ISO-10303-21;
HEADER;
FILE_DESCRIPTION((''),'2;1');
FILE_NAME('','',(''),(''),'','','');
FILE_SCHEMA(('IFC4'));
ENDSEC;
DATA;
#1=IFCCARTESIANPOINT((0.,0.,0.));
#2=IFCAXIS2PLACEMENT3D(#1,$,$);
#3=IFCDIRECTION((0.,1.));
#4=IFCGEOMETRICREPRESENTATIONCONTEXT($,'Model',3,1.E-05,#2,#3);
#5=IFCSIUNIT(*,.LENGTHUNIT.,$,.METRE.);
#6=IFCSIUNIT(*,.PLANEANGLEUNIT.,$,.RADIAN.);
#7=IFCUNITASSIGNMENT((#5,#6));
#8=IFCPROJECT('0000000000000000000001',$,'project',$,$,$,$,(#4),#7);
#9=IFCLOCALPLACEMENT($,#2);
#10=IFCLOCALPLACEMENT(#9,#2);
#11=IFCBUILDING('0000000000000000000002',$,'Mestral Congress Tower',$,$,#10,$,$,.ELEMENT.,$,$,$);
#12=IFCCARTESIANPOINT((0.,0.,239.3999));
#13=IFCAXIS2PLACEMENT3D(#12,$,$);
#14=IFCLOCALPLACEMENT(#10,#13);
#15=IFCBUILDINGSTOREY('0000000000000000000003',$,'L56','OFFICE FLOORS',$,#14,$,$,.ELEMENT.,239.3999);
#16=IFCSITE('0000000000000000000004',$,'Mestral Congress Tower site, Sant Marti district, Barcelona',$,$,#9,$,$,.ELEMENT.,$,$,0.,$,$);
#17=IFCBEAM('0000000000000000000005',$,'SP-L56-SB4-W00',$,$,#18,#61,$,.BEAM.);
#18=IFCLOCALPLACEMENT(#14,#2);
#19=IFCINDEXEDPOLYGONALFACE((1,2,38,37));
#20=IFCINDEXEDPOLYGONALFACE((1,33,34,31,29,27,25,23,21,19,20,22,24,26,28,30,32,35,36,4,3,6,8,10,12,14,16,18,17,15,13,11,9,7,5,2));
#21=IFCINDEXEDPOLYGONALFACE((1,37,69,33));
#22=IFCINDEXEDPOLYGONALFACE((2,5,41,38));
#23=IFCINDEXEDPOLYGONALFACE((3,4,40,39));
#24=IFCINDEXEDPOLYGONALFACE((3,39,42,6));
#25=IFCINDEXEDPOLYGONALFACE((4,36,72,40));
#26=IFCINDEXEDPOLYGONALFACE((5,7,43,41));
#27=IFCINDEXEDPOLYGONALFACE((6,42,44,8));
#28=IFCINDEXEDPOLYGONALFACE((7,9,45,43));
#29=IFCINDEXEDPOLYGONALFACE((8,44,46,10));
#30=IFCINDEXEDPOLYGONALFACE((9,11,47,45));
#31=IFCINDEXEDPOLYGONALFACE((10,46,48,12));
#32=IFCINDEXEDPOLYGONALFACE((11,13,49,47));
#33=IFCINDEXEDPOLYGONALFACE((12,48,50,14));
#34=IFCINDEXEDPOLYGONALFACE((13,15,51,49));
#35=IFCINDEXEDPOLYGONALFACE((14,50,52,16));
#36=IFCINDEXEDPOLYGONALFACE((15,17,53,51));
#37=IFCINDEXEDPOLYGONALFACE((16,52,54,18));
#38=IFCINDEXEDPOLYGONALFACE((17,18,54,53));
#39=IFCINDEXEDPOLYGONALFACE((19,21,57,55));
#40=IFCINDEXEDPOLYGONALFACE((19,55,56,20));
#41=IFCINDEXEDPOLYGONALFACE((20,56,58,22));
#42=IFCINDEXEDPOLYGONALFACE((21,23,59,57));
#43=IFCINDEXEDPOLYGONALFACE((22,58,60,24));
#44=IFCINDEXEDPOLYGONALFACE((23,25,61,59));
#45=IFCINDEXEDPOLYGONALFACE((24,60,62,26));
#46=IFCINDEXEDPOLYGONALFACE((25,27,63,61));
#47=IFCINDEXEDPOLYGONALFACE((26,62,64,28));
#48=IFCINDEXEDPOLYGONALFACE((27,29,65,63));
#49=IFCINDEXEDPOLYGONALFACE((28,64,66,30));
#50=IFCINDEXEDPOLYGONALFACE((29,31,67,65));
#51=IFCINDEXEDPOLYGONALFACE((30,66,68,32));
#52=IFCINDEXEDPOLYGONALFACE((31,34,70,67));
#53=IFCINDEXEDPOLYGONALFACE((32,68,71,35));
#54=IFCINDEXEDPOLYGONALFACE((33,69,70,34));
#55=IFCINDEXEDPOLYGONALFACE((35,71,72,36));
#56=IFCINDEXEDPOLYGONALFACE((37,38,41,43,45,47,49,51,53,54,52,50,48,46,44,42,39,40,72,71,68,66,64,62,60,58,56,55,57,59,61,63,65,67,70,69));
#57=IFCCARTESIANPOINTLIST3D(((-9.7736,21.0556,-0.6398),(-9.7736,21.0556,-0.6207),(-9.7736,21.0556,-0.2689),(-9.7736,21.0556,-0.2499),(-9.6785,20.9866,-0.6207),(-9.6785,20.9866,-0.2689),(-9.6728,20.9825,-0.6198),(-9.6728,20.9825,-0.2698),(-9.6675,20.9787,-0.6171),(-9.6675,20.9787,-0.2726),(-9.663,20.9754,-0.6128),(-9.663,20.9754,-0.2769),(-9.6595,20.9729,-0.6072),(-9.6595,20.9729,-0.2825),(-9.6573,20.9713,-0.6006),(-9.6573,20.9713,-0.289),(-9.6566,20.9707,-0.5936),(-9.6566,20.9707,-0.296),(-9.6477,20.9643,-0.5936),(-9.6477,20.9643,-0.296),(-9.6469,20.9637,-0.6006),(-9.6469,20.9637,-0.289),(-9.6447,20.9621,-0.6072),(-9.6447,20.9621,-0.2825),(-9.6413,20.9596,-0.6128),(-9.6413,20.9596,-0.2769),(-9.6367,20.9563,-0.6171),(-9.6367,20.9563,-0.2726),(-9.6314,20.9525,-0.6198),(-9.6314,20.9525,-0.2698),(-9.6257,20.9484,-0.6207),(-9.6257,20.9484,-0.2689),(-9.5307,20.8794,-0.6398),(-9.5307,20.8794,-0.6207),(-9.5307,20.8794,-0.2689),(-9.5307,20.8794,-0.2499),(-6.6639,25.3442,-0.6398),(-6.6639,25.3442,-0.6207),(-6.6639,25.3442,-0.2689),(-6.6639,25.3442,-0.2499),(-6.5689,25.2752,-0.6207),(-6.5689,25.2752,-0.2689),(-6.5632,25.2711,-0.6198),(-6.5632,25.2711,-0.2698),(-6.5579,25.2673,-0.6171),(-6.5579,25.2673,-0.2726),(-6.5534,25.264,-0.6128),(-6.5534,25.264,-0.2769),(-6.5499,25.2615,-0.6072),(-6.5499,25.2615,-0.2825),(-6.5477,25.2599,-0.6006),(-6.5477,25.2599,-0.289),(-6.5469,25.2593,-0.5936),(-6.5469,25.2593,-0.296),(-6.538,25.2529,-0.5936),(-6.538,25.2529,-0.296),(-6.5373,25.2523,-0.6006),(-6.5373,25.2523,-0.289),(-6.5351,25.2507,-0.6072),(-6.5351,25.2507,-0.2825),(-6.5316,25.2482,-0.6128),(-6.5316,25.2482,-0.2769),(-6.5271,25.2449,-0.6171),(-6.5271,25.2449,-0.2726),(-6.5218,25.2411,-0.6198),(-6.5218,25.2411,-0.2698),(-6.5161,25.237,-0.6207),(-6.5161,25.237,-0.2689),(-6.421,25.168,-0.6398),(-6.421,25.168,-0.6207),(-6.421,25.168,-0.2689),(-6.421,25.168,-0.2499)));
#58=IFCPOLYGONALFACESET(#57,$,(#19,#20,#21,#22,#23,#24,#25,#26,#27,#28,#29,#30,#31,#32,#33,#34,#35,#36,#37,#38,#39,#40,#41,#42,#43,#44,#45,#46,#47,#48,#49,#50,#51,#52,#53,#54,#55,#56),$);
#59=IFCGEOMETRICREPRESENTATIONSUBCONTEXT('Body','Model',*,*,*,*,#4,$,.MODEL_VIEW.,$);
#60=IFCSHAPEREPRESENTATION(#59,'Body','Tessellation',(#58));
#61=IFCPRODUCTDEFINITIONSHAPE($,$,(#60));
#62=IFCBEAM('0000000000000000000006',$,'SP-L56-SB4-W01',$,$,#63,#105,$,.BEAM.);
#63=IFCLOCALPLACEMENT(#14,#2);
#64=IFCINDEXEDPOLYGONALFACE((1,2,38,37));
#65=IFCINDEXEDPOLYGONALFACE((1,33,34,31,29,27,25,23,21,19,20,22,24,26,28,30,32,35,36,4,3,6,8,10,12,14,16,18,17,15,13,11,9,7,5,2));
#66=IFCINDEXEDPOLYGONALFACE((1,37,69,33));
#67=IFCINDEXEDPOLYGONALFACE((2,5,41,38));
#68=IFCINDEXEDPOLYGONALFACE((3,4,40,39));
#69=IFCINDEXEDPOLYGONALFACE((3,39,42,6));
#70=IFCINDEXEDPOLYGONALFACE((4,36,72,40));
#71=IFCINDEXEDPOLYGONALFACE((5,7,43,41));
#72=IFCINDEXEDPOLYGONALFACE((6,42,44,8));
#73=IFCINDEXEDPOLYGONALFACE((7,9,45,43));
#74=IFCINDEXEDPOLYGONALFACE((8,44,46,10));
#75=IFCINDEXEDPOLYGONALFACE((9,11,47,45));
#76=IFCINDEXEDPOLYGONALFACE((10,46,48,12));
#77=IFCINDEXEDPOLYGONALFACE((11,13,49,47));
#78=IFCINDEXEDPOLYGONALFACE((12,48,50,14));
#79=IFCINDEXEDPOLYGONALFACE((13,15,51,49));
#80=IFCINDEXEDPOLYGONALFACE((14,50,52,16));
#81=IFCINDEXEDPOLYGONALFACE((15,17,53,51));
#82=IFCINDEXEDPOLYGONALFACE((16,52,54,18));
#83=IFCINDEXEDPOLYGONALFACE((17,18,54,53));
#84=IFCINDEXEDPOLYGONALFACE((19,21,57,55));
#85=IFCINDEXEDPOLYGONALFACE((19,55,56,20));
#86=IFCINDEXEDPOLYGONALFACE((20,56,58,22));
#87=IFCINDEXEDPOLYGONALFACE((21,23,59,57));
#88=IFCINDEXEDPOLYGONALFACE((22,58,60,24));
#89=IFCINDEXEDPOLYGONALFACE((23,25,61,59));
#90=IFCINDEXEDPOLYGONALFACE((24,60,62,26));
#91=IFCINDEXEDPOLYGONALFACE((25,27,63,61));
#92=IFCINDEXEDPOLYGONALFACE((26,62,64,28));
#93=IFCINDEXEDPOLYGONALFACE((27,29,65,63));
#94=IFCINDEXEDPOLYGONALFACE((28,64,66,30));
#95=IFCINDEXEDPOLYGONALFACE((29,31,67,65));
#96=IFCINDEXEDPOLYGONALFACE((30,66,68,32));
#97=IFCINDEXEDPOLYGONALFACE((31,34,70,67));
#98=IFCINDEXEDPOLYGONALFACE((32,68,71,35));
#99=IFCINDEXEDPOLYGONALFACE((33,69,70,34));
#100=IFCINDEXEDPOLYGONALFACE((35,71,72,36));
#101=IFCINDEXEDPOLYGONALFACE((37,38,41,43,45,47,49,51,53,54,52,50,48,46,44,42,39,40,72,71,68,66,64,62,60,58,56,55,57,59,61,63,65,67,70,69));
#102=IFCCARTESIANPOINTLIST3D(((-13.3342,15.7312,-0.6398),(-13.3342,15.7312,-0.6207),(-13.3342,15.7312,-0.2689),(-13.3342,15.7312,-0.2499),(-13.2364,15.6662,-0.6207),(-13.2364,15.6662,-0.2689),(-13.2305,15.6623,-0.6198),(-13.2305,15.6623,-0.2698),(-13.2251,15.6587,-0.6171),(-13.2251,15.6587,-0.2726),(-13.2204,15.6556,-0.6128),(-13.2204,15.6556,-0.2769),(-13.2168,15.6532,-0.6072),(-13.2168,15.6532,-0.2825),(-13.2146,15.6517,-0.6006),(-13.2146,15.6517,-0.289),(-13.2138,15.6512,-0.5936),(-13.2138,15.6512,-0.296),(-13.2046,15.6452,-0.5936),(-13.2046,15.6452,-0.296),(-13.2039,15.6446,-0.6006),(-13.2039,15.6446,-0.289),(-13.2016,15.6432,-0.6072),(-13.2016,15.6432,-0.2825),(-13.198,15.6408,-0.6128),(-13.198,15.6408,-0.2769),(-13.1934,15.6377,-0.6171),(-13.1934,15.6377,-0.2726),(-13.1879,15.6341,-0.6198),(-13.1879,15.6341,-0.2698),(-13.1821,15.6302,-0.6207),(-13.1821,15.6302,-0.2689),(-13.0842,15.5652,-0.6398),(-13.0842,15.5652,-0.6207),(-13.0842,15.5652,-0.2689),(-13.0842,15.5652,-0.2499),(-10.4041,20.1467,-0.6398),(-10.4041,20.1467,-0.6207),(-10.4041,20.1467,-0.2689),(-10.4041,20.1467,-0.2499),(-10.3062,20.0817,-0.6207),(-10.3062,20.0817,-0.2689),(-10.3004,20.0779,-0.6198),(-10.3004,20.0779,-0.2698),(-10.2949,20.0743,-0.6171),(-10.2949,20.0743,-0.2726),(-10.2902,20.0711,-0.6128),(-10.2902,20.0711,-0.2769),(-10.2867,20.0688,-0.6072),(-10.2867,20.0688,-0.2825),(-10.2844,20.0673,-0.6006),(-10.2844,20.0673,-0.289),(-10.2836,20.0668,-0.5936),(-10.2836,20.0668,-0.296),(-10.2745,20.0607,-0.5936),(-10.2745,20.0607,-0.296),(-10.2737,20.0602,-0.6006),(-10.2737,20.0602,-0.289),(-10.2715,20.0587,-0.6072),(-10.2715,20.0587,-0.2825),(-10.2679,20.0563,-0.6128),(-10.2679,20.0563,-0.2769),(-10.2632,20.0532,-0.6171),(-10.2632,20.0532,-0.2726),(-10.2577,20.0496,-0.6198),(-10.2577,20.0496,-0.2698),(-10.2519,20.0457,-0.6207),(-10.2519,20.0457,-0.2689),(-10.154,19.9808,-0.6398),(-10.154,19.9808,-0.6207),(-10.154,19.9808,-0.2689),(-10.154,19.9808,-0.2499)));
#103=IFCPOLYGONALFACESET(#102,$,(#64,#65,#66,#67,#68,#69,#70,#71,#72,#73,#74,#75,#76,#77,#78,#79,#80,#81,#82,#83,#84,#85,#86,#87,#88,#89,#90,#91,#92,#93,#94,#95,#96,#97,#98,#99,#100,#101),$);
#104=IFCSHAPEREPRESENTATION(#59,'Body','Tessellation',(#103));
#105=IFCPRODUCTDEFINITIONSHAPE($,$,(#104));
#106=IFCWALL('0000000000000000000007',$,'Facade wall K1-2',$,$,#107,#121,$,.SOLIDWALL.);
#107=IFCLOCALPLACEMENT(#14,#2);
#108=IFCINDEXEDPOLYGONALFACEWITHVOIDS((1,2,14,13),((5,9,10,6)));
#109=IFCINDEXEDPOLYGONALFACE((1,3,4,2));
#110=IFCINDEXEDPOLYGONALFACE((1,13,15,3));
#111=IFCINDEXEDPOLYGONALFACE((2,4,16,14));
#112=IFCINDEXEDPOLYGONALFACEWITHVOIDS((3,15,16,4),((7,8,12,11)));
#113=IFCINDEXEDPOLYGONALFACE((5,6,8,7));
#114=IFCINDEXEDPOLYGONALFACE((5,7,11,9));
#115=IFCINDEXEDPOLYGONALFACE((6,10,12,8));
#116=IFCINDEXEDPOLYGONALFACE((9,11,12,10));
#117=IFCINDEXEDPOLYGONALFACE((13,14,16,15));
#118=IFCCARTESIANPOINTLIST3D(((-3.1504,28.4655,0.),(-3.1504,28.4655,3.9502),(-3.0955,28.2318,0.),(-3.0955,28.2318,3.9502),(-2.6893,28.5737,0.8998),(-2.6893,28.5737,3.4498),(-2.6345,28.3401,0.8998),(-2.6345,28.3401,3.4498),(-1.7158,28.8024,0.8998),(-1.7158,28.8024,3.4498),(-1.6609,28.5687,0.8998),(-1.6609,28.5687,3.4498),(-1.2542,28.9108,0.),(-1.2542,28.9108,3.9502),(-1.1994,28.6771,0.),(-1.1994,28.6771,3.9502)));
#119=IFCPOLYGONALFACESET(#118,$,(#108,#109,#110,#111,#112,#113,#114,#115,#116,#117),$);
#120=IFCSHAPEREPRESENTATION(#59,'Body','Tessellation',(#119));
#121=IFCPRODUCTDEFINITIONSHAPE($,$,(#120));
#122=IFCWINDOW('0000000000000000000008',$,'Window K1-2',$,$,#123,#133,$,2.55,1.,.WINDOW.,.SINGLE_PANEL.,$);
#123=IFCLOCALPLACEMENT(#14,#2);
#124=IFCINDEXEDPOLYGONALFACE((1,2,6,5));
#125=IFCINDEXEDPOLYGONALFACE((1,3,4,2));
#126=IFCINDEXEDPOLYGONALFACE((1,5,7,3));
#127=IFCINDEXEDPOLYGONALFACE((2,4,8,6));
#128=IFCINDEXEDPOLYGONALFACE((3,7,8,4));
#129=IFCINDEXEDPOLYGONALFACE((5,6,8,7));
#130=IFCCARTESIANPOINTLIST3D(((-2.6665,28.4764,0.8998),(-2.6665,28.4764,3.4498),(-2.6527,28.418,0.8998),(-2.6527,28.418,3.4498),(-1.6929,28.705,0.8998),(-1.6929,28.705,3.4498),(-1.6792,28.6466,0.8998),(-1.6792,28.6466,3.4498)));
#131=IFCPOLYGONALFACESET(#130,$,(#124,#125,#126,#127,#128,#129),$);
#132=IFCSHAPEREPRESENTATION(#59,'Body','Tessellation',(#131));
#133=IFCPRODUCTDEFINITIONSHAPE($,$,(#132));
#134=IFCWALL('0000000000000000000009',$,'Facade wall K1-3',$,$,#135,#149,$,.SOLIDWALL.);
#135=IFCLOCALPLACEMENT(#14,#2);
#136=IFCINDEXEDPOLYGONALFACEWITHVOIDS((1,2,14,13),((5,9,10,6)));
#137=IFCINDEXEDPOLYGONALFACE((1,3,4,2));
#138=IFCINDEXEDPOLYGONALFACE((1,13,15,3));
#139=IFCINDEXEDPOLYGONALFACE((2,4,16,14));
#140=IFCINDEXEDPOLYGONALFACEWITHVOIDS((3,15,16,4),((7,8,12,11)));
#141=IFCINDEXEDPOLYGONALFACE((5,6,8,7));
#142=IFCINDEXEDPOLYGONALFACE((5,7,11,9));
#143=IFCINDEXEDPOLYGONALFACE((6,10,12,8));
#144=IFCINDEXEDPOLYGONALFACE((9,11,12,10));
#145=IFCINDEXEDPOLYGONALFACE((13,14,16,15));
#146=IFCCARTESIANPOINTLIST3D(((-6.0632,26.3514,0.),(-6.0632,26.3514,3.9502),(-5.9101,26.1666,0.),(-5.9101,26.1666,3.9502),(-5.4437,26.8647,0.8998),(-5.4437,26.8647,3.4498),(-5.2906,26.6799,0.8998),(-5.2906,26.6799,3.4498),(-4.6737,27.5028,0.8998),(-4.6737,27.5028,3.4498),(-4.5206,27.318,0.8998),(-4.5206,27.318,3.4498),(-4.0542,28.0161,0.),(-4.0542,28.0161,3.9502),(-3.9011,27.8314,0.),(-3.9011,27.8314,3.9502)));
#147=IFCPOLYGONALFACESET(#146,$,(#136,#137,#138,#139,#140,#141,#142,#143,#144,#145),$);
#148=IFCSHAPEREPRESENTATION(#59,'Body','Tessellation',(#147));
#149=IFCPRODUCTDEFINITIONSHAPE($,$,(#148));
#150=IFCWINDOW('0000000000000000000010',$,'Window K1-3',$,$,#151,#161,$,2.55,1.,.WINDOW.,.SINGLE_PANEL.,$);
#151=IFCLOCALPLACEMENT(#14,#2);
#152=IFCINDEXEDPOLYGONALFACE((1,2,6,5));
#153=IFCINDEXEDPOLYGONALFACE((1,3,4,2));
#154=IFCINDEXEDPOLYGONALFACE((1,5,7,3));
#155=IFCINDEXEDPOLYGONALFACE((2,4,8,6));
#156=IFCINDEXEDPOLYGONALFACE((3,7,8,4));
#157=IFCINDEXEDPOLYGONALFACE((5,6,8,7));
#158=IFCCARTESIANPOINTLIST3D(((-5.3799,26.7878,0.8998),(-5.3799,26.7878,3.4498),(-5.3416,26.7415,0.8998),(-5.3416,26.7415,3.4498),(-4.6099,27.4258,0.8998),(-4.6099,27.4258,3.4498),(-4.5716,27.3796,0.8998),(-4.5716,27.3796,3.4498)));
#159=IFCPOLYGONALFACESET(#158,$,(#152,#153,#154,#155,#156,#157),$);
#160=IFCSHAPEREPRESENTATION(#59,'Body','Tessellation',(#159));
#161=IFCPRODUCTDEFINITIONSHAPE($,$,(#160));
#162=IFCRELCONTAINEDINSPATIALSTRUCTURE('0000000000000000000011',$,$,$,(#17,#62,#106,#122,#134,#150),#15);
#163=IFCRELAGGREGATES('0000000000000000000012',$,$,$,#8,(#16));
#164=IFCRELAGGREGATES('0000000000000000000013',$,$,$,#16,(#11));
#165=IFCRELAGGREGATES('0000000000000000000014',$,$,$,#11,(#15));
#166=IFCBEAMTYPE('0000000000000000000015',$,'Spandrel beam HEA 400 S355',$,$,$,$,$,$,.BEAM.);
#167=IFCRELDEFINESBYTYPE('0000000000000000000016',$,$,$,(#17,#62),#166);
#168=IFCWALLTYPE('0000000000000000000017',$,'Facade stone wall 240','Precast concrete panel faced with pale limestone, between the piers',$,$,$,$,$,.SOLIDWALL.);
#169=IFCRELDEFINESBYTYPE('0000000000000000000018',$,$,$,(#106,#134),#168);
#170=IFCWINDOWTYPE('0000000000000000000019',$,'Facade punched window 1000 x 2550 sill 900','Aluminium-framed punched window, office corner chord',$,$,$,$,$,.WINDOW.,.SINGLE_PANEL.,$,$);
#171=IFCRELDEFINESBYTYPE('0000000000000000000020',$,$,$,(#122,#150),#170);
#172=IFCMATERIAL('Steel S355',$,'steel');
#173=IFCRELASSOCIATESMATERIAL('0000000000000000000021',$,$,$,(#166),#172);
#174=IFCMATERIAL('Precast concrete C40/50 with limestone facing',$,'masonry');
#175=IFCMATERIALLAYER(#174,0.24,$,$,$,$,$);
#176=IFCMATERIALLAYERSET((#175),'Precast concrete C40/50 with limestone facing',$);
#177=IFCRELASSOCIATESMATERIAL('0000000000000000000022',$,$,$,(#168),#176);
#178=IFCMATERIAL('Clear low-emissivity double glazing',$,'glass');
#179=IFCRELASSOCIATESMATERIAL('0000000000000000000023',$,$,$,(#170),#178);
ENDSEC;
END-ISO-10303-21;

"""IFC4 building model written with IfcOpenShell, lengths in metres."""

from ifc_helpers import new_model, si_unit, direction, frame, frame_2d, origin, origin_2d, place, context, subcontext, project, spatial, rectangle, i_section, extrude, material, layer, layer_set, material_profile, profile_set, type_object, element, fill, save


model = new_model("IFC4")

# Units and contexts
model_context = context("Model", 3, precision=1e-05, world=origin(), true_north=direction((0.0, 1.0)))
body_context = subcontext(model_context, "Body", "Model", "MODEL_VIEW")
ifc_project = project(units=[si_unit("LENGTHUNIT", "METRE"), si_unit("PLANEANGLEUNIT", "RADIAN")], contexts=[model_context])

# Site, building, storey
site_placement = place(None, origin())
site = spatial("IfcSite", under=ifc_project, at=site_placement, Name="Mestral Congress Tower site, Sant Marti district, Barcelona", CompositionType="ELEMENT", RefElevation=0.0)
building_placement = place(site_placement, origin())
building = spatial("IfcBuilding", under=site, at=building_placement, Name="Mestral Congress Tower", CompositionType="ELEMENT")
storey_placement = place(building_placement, frame((0.0, 0.0, 239.3999)))
storey = spatial("IfcBuildingStorey", under=building, at=storey_placement, Name="L56", Description="OFFICE FLOORS", CompositionType="ELEMENT", Elevation=239.3999)

# Beams
ifc_material_1 = material(Name="Steel S355", Category="steel")
ifc_material_profile_1 = material_profile(ifc_material_1, i_section(OverallWidth=0.3, OverallDepth=0.3899, WebThickness=0.011, FlangeThickness=0.019, FilletRadius=0.0271, at=origin_2d()), Name="HEA 400")
ifc_profile_set_1 = profile_set([ifc_material_profile_1], Name="Steel S355")
beam_type_1 = type_object("IfcBeamType", Name="Spandrel beam HEA 400 S355", PredefinedType="BEAM", material=ifc_profile_set_1)
beam_1_placement = place(storey_placement, frame((-6.5425, 25.2561, -0.4448), z_axis=(-0.587017, -0.809574, 0.0), x_axis=(0.809574, -0.587017, 0.0)))
element("IfcBeam", 1, at=beam_1_placement, inside=storey, type_object=beam_type_1, Name="SP-L56-SB4-W00", PredefinedType="BEAM", context=body_context, shape_type="SweptSolid", body=[
    extrude(i_section(OverallWidth=0.3, OverallDepth=0.3899, WebThickness=0.011, FlangeThickness=0.019, FilletRadius=0.0271, at=origin_2d()), origin(), (0.0, 0.0, 1.0), 5.2974),
])
beam_2_placement = place(storey_placement, frame((-10.2791, 20.0637, -0.4448), z_axis=(-0.552934, -0.833225, 0.0), x_axis=(0.833225, -0.552934, 0.0)))
element("IfcBeam", 2, at=beam_2_placement, inside=storey, type_object=beam_type_1, Name="SP-L56-SB4-W01", PredefinedType="BEAM", context=body_context, shape_type="SweptSolid", body=[
    extrude(i_section(OverallWidth=0.3, OverallDepth=0.3899, WebThickness=0.011, FlangeThickness=0.019, FilletRadius=0.0271, at=origin_2d()), origin(), (0.0, 0.0, 1.0), 5.2993),
])

# Walls, openings, windows
ifc_material_2 = material(Name="Precast concrete C40/50 with limestone facing", Category="masonry")
ifc_layer_1 = layer(ifc_material_2, 0.24)
ifc_layer_set_1 = layer_set([ifc_layer_1], Name="Precast concrete C40/50 with limestone facing")
wall_type_1 = type_object("IfcWallType", Name="Facade stone wall 240", Description="Precast concrete panel faced with pale limestone, between the piers", PredefinedType="SOLIDWALL", material=ifc_layer_set_1)
wall_1_placement = place(storey_placement, frame((-1.2268, 28.7939, 0.0), z_axis=(0.0, 0.0, 1.0), x_axis=(-0.973516, -0.22862, 0.0)))
wall_1 = element("IfcWall", 3, at=wall_1_placement, inside=storey, type_object=wall_type_1, Name="Facade wall K1-2", PredefinedType="SOLIDWALL", context=body_context, shape_type="SweptSolid", body=[
    extrude(rectangle(XDim=1.9478, YDim=0.24, at=frame_2d((0.9739, 0.0))), origin(), (0.0, 0.0, 1.0), 3.9502),
])
opening_1_placement = place(wall_1_placement, frame((0.4741, 0.0, 0.8999)))
opening_1 = element("IfcOpeningElement", 4, at=opening_1_placement, cuts=wall_1, PredefinedType="OPENING", context=body_context, shape_type="SweptSolid", body=[
    extrude(rectangle(XDim=1.0, YDim=2.55, at=frame_2d((0.5, 1.2749))), frame((0.0, 0.1299, 0.0), z_axis=(0.0, -1.0, 0.0), x_axis=(1.0, 0.0, 0.0)), (0.0, 0.0, 1.0), 0.26),
])
ifc_material_3 = material(Name="Clear low-emissivity double glazing", Category="glass")
window_type_1 = type_object("IfcWindowType", Name="Facade punched window 1000 x 2550 sill 900", Description="Aluminium-framed punched window, office corner chord", PartitioningType="SINGLE_PANEL", PredefinedType="WINDOW", material=ifc_material_3)
window_1_placement = place(opening_1_placement, origin())
window_1 = element("IfcWindow", 5, at=window_1_placement, inside=storey, type_object=window_type_1, Name="Window K1-2", OverallHeight=2.55, OverallWidth=1.0, PartitioningType="SINGLE_PANEL", PredefinedType="WINDOW", context=body_context, shape_type="SweptSolid", body=[
    extrude(rectangle(XDim=1.0, YDim=2.55, at=frame_2d((0.5, 1.2749))), frame((0.0, 0.04, 0.0), z_axis=(0.0, -1.0, 0.0), x_axis=(1.0, 0.0, 0.0)), (0.0, 0.0, 1.0), 0.0601),
])
fill(opening_1, window_1)
wall_2_placement = place(storey_placement, frame((-3.9775, 27.9238, 0.0), z_axis=(0.0, 0.0, 1.0), x_axis=(-0.76999, -0.638056, 0.0)))
wall_2 = element("IfcWall", 6, at=wall_2_placement, inside=storey, type_object=wall_type_1, Name="Facade wall K1-3", PredefinedType="SOLIDWALL", context=body_context, shape_type="SweptSolid", body=[
    extrude(rectangle(XDim=2.6091, YDim=0.24, at=frame_2d((1.3047, 0.0))), origin(), (0.0, 0.0, 1.0), 3.9502),
])
opening_2_placement = place(wall_2_placement, frame((0.8047, 0.0, 0.8999)))
opening_2 = element("IfcOpeningElement", 7, at=opening_2_placement, cuts=wall_2, PredefinedType="OPENING", context=body_context, shape_type="SweptSolid", body=[
    extrude(rectangle(XDim=1.0, YDim=2.55, at=frame_2d((0.5, 1.2749))), frame((0.0, 0.1299, 0.0), z_axis=(0.0, -1.0, 0.0), x_axis=(1.0, 0.0, 0.0)), (0.0, 0.0, 1.0), 0.26),
])
window_2_placement = place(opening_2_placement, origin())
window_2 = element("IfcWindow", 8, at=window_2_placement, inside=storey, type_object=window_type_1, Name="Window K1-3", OverallHeight=2.55, OverallWidth=1.0, PartitioningType="SINGLE_PANEL", PredefinedType="WINDOW", context=body_context, shape_type="SweptSolid", body=[
    extrude(rectangle(XDim=1.0, YDim=2.55, at=frame_2d((0.5, 1.2749))), frame((0.0, 0.04, 0.0), z_axis=(0.0, -1.0, 0.0), x_axis=(1.0, 0.0, 0.0)), (0.0, 0.0, 1.0), 0.0601),
])
fill(opening_2, window_2)

save(model, "model.ifc")
